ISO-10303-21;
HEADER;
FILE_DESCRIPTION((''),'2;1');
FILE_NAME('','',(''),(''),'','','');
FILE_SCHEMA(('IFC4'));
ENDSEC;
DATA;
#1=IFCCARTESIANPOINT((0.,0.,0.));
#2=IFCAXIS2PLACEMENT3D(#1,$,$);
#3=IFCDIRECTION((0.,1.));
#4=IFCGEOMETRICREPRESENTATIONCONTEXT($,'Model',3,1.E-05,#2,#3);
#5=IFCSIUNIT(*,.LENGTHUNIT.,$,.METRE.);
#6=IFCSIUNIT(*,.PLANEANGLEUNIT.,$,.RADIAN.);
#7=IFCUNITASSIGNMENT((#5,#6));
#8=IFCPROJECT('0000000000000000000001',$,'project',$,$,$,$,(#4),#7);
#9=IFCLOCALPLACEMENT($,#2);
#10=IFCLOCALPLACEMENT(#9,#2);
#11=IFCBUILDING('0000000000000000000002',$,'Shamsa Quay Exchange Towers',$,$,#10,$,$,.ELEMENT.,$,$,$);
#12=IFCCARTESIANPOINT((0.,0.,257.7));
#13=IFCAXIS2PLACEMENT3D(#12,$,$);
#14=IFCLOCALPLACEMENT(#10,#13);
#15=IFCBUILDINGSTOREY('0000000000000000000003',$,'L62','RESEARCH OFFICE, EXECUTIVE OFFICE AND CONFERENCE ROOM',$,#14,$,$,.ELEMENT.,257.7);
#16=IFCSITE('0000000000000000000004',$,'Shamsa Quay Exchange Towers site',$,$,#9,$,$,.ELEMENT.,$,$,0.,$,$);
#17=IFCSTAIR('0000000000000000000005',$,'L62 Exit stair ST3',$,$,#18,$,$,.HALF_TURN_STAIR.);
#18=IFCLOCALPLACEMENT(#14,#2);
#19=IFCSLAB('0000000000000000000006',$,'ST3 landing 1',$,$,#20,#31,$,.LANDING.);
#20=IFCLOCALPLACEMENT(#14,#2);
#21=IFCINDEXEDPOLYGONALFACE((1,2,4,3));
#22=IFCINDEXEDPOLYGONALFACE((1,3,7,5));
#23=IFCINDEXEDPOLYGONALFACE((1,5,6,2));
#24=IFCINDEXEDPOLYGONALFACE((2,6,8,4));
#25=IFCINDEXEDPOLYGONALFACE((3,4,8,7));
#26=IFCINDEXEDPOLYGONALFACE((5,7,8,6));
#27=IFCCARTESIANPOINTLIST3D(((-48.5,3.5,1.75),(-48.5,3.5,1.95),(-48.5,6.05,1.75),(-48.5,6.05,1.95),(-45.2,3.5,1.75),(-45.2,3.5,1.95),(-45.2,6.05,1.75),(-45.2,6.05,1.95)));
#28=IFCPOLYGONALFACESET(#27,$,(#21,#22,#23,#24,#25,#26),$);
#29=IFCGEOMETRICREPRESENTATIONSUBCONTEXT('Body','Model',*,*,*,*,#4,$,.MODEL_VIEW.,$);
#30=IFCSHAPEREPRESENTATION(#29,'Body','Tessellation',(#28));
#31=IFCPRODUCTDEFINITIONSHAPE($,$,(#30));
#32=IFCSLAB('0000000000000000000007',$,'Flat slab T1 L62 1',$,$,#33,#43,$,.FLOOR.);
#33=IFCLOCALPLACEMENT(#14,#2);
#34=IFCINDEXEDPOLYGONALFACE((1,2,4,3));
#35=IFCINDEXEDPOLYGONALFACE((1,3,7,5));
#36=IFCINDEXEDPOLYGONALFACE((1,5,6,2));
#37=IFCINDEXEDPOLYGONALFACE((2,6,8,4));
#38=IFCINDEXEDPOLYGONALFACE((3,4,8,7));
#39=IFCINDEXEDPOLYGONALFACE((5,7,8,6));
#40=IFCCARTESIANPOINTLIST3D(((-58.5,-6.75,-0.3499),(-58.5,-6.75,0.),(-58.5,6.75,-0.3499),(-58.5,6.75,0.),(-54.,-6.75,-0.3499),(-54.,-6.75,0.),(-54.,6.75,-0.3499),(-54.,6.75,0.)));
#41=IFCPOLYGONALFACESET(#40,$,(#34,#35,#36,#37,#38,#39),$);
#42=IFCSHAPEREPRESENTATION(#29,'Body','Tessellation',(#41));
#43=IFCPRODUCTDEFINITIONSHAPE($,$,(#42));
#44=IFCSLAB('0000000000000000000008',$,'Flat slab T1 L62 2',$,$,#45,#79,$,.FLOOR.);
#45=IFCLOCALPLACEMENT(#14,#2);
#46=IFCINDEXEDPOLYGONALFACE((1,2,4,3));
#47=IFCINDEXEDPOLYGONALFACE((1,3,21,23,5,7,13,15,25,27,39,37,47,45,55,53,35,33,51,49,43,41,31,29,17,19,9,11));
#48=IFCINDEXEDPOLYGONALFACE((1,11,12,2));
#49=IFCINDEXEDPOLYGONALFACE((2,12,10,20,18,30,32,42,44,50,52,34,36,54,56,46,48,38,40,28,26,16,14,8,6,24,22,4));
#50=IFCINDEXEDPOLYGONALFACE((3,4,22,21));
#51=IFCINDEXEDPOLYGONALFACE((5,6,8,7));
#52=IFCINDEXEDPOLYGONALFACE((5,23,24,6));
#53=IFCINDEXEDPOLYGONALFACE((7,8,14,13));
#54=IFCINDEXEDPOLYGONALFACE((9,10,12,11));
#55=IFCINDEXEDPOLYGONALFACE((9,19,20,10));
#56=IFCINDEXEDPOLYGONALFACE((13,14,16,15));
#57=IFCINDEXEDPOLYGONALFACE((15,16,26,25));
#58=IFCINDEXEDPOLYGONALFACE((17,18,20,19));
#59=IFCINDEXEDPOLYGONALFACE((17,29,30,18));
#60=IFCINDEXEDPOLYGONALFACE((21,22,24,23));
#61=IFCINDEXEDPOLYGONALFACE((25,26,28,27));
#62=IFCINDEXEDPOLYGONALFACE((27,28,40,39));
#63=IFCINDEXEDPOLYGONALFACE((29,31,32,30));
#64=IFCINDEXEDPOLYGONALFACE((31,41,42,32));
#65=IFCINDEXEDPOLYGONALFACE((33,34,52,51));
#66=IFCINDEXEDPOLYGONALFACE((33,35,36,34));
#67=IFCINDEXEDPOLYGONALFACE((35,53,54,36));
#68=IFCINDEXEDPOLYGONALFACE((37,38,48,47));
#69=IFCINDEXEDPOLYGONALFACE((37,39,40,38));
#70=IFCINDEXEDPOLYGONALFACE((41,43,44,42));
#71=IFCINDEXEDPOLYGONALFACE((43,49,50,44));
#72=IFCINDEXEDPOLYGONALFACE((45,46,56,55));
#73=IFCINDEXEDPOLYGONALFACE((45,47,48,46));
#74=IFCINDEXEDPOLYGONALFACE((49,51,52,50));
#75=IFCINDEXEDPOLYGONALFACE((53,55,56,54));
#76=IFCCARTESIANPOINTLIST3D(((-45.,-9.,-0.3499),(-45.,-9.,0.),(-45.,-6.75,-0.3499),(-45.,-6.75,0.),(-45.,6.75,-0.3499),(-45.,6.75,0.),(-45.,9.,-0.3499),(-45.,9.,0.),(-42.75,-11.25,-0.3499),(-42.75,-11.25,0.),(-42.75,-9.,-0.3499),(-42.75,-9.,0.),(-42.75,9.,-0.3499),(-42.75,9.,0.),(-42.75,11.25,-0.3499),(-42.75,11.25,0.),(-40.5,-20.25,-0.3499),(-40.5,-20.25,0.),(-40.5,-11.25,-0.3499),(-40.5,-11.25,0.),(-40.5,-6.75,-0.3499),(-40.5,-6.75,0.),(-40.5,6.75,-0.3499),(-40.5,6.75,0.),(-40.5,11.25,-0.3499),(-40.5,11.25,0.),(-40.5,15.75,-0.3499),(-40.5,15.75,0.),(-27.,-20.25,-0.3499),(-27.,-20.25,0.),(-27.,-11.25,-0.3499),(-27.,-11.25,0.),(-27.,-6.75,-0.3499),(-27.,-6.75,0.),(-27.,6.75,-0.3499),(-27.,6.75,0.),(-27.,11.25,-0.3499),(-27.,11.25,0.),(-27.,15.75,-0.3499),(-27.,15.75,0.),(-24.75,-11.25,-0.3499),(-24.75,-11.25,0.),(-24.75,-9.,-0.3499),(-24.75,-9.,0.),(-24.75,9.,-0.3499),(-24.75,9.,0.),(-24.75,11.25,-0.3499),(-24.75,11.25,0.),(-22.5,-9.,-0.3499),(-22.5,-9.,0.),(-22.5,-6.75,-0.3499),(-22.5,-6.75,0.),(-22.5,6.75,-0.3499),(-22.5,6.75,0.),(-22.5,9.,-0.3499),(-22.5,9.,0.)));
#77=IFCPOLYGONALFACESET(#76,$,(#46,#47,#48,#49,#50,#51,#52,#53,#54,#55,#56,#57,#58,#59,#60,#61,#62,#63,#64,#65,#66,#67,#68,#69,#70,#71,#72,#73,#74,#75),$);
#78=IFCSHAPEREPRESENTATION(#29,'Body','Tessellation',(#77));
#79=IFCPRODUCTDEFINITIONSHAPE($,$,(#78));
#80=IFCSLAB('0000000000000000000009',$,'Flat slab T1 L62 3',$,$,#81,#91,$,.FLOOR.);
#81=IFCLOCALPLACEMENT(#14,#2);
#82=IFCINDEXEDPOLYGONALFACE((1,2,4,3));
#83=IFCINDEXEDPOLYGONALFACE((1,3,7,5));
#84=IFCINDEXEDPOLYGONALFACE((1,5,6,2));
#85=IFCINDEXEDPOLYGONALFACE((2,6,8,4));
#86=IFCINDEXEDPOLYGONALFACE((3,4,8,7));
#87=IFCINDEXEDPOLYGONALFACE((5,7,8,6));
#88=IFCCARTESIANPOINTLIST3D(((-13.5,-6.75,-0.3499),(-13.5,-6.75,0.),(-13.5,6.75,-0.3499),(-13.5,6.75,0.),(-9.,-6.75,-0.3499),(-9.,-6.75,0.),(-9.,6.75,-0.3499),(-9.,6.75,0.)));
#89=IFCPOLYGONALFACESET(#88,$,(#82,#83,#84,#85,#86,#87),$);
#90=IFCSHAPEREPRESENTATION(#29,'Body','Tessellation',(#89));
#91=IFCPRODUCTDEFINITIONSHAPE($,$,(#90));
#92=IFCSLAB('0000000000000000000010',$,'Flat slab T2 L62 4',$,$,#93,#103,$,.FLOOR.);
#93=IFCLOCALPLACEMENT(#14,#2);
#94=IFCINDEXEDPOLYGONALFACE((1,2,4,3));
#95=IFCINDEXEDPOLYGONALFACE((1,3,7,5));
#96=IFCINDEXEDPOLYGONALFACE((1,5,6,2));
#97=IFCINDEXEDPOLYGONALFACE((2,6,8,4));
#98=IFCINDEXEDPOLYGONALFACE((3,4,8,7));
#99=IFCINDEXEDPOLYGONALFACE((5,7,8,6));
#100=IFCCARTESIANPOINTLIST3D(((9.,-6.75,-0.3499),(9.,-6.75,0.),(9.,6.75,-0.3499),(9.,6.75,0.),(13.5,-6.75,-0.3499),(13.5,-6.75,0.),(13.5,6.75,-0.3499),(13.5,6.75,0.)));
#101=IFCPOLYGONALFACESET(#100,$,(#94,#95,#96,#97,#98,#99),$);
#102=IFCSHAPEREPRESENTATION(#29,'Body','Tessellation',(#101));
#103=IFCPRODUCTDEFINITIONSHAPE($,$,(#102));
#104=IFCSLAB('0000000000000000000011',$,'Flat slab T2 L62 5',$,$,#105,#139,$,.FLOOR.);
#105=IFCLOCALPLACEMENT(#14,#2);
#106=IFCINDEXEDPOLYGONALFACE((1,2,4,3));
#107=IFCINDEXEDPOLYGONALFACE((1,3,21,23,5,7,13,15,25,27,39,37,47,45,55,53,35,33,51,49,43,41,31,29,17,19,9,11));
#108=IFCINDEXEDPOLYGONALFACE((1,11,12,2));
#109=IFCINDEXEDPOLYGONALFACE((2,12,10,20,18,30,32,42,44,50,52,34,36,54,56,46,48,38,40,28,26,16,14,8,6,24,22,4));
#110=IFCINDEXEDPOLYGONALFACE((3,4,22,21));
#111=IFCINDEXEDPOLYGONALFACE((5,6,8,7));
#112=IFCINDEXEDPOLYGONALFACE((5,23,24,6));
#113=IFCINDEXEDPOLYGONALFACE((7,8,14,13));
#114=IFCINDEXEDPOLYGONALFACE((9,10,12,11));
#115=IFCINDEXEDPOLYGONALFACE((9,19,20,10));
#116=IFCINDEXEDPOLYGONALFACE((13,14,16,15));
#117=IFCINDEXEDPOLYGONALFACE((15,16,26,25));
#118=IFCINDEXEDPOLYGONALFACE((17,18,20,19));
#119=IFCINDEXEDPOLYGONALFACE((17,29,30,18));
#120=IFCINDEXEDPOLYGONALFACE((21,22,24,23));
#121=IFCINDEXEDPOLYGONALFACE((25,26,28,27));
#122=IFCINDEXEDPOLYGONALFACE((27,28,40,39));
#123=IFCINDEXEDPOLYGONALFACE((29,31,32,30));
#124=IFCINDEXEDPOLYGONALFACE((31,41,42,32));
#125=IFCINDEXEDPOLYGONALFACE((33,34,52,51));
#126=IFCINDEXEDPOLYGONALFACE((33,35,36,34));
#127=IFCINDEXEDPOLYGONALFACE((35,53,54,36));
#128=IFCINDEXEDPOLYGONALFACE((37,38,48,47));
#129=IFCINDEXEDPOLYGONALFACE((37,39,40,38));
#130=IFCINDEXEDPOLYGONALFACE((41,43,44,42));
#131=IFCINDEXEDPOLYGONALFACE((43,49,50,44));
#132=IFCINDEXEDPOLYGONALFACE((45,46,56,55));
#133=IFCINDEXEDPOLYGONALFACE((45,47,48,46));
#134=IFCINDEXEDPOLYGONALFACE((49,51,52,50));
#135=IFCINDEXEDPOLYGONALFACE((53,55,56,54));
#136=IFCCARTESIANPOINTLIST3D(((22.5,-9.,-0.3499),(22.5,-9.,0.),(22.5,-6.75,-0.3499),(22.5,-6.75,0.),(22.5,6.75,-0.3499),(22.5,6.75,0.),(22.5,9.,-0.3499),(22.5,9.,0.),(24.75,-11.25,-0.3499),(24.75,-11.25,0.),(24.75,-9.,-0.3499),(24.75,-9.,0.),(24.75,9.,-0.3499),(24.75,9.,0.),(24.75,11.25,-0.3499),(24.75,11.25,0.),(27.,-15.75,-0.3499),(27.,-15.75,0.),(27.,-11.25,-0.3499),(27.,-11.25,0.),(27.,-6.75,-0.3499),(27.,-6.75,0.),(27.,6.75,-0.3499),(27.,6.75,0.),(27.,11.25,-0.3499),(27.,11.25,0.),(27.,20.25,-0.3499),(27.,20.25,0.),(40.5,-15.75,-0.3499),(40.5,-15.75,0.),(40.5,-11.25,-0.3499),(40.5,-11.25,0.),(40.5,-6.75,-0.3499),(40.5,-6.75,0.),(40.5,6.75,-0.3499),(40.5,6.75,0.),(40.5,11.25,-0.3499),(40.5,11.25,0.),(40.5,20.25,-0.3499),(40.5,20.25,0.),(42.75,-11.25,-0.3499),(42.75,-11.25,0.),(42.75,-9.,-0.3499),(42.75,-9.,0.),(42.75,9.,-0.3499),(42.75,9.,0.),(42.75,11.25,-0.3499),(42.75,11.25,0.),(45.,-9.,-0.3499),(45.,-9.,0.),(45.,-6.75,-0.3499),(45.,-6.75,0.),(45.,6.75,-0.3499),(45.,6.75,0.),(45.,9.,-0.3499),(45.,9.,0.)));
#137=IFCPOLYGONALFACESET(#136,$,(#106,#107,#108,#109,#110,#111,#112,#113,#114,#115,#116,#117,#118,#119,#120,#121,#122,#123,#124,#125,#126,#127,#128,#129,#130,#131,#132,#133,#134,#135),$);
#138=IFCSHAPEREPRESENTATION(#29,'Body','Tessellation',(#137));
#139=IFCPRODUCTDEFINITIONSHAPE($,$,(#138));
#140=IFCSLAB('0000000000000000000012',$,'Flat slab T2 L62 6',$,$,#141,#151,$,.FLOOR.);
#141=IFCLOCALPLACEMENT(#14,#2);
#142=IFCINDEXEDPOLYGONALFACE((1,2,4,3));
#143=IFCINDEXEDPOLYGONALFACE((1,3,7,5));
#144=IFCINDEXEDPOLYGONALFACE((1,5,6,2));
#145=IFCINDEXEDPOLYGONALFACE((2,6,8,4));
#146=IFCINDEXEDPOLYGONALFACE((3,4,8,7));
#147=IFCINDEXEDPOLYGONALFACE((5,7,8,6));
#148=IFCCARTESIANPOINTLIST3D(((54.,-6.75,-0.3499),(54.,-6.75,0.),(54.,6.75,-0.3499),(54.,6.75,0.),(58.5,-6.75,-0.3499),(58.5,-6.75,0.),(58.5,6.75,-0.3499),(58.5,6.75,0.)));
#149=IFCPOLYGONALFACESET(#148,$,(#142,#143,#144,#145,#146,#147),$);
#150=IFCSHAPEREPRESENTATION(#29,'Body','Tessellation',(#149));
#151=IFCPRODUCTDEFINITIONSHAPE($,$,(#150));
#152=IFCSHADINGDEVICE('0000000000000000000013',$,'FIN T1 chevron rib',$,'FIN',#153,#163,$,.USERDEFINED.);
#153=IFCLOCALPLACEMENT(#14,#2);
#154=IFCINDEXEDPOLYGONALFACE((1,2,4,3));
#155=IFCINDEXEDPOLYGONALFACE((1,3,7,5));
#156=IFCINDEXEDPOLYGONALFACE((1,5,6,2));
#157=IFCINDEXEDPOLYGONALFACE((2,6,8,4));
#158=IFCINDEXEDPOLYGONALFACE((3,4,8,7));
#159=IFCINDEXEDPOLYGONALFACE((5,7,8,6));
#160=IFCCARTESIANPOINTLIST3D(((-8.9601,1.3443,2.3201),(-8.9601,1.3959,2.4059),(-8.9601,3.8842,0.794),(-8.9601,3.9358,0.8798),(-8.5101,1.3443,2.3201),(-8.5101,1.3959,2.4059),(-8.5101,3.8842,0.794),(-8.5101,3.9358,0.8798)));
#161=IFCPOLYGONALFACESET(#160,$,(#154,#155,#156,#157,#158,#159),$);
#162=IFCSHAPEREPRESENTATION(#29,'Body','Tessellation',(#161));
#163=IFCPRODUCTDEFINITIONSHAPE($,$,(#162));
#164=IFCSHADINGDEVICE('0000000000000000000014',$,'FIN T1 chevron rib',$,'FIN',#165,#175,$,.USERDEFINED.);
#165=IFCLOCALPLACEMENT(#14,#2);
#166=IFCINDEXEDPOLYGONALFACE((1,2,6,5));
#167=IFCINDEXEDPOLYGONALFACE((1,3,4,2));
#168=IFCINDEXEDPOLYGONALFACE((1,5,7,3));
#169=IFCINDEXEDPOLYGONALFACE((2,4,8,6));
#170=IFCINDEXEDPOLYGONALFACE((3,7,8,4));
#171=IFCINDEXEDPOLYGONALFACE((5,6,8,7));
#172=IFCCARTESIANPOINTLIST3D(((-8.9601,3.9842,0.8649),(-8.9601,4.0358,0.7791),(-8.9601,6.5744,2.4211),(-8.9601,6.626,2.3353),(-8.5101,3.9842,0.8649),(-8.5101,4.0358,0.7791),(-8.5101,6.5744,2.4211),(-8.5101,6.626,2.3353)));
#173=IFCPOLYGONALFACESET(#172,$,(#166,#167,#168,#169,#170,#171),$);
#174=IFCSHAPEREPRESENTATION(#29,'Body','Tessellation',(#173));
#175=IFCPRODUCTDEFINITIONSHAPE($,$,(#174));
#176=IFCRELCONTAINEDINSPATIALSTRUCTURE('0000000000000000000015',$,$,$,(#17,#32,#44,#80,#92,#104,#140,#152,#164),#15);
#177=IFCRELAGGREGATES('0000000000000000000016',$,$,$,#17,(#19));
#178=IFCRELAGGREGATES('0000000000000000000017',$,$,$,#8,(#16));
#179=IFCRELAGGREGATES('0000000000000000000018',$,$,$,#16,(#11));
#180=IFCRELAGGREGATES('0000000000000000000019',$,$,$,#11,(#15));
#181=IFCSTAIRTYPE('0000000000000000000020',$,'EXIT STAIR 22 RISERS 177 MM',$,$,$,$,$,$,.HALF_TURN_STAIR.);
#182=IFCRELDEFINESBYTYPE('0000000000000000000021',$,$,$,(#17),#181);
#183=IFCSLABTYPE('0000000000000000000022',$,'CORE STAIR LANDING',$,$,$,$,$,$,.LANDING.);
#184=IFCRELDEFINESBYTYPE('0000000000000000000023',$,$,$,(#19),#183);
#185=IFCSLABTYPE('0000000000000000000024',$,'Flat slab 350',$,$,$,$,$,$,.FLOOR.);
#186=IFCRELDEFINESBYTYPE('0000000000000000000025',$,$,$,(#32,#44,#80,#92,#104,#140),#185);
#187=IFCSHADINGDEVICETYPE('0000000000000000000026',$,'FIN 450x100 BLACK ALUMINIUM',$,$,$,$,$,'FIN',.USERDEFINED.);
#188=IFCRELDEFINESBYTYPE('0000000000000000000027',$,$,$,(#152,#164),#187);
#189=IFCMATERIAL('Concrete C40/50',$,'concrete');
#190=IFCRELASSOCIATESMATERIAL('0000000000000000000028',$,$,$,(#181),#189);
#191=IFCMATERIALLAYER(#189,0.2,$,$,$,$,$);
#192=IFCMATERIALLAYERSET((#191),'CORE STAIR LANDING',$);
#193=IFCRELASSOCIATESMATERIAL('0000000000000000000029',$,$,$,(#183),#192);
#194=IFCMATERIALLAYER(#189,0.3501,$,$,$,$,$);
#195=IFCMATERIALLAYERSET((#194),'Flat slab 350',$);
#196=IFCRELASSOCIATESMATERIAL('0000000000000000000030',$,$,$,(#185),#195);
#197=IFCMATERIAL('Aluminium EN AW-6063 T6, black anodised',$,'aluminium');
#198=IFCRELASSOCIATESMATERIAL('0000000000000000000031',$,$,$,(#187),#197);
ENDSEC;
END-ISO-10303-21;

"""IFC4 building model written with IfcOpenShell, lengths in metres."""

from ifc_helpers import new_model, si_unit, direction, frame, origin, origin_2d, place, context, subcontext, project, spatial, polyline, rectangle, outline, extrude, material, layer, layer_set, material_profile, profile_set, type_object, element, aggregate, save


model = new_model("IFC4")

# Units and contexts
model_context = context("Model", 3, precision=1e-05, world=origin(), true_north=direction((0.0, 1.0)))
body_context = subcontext(model_context, "Body", "Model", "MODEL_VIEW")
ifc_project = project(units=[si_unit("LENGTHUNIT", "METRE"), si_unit("PLANEANGLEUNIT", "RADIAN")], contexts=[model_context])

# Site, building, storey
site_placement = place(None, origin())
site = spatial("IfcSite", under=ifc_project, at=site_placement, Name="Shamsa Quay Exchange Towers site", CompositionType="ELEMENT", RefElevation=0.0)
building_placement = place(site_placement, origin())
building = spatial("IfcBuilding", under=site, at=building_placement, Name="Shamsa Quay Exchange Towers", CompositionType="ELEMENT")
storey_placement = place(building_placement, frame((0.0, 0.0, 257.7)))
storey = spatial("IfcBuildingStorey", under=building, at=storey_placement, Name="L62", Description="RESEARCH OFFICE, EXECUTIVE OFFICE AND CONFERENCE ROOM", CompositionType="ELEMENT", Elevation=257.7)

# Stair, slab
ifc_material_1 = material(Name="Concrete C40/50", Category="concrete")
stair_type = type_object("IfcStairType", Name="EXIT STAIR 22 RISERS 177 MM", PredefinedType="HALF_TURN_STAIR", material=ifc_material_1)
ifc_layer_1 = layer(ifc_material_1, 0.2)
ifc_layer_set_1 = layer_set([ifc_layer_1], Name="CORE STAIR LANDING")
slab_type_1 = type_object("IfcSlabType", Name="CORE STAIR LANDING", PredefinedType="LANDING", material=ifc_layer_set_1)
stair_1_placement = place(storey_placement, origin())
stair_1 = element("IfcStair", 1, at=stair_1_placement, inside=storey, type_object=stair_type, Name="L62 Exit stair ST3", PredefinedType="HALF_TURN_STAIR")
slab_1_placement = place(storey_placement, frame((0.0, 0.0, 1.75)))
slab_1 = element("IfcSlab", 2, at=slab_1_placement, type_object=slab_type_1, Name="ST3 landing 1", PredefinedType="LANDING", context=body_context, shape_type="SweptSolid", body=[
    extrude(outline(polyline([(-45.2, 6.05), (-48.5, 6.05), (-48.5, 3.5), (-45.2, 3.5), (-45.2, 6.05)])), origin(), (0.0, 0.0, 1.0), 0.2),
])
aggregate(stair_1, [slab_1])

# Slabs
ifc_layer_2 = layer(ifc_material_1, 0.3501)
ifc_layer_set_2 = layer_set([ifc_layer_2], Name="Flat slab 350")
slab_type_2 = type_object("IfcSlabType", Name="Flat slab 350", PredefinedType="FLOOR", material=ifc_layer_set_2)
slab_2_placement = place(storey_placement, frame((0.0, 0.0, -0.3499)))
element("IfcSlab", 3, at=slab_2_placement, inside=storey, type_object=slab_type_2, Name="Flat slab T1 L62 1", PredefinedType="FLOOR", context=body_context, shape_type="SweptSolid", body=[
    extrude(outline(polyline([(-58.5, -6.75), (-54.0, -6.75), (-54.0, 6.75), (-58.5, 6.75), (-58.5, -6.75)])), origin(), (0.0, 0.0, 1.0), 0.3499),
])
slab_3_placement = place(storey_placement, frame((0.0, 0.0, -0.3499)))
element("IfcSlab", 4, at=slab_3_placement, inside=storey, type_object=slab_type_2, Name="Flat slab T1 L62 2", PredefinedType="FLOOR", context=body_context, shape_type="SweptSolid", body=[
    extrude(outline(polyline([(-22.5, -9.0), (-22.5, -6.75), (-27.0, -6.75), (-27.0, 6.75), (-22.5, 6.75), (-22.5, 9.0), (-24.75, 9.0), (-24.75, 11.25), (-27.0, 11.25), (-27.0, 15.75), (-40.5, 15.75), (-40.5, 11.25), (-42.75, 11.25), (-42.75, 9.0), (-45.0, 9.0), (-45.0, 6.75), (-40.5, 6.75), (-40.5, -6.75), (-45.0, -6.75), (-45.0, -9.0), (-42.75, -9.0), (-42.75, -11.25), (-40.5, -11.25), (-40.5, -20.25), (-27.0, -20.25), (-27.0, -11.25), (-24.75, -11.25), (-24.75, -9.0), (-22.5, -9.0)])), origin(), (0.0, 0.0, 1.0), 0.3499),
])
slab_4_placement = place(storey_placement, frame((0.0, 0.0, -0.3499)))
element("IfcSlab", 5, at=slab_4_placement, inside=storey, type_object=slab_type_2, Name="Flat slab T1 L62 3", PredefinedType="FLOOR", context=body_context, shape_type="SweptSolid", body=[
    extrude(outline(polyline([(-9.0, 6.75), (-13.5, 6.75), (-13.5, -6.75), (-9.0, -6.75), (-9.0, 6.75)])), origin(), (0.0, 0.0, 1.0), 0.3499),
])
slab_5_placement = place(storey_placement, frame((0.0, 0.0, -0.3499)))
element("IfcSlab", 6, at=slab_5_placement, inside=storey, type_object=slab_type_2, Name="Flat slab T2 L62 4", PredefinedType="FLOOR", context=body_context, shape_type="SweptSolid", body=[
    extrude(outline(polyline([(9.0, -6.75), (13.5, -6.75), (13.5, 6.75), (9.0, 6.75), (9.0, -6.75)])), origin(), (0.0, 0.0, 1.0), 0.3499),
])
slab_6_placement = place(storey_placement, frame((0.0, 0.0, -0.3499)))
element("IfcSlab", 7, at=slab_6_placement, inside=storey, type_object=slab_type_2, Name="Flat slab T2 L62 5", PredefinedType="FLOOR", context=body_context, shape_type="SweptSolid", body=[
    extrude(outline(polyline([(45.0, -9.0), (45.0, -6.75), (40.5, -6.75), (40.5, 6.75), (45.0, 6.75), (45.0, 9.0), (42.75, 9.0), (42.75, 11.25), (40.5, 11.25), (40.5, 20.25), (27.0, 20.25), (27.0, 11.25), (24.75, 11.25), (24.75, 9.0), (22.5, 9.0), (22.5, 6.75), (27.0, 6.75), (27.0, -6.75), (22.5, -6.75), (22.5, -9.0), (24.75, -9.0), (24.75, -11.25), (27.0, -11.25), (27.0, -15.75), (40.5, -15.75), (40.5, -11.25), (42.75, -11.25), (42.75, -9.0), (45.0, -9.0)])), origin(), (0.0, 0.0, 1.0), 0.3499),
])
slab_7_placement = place(storey_placement, frame((0.0, 0.0, -0.3499)))
element("IfcSlab", 8, at=slab_7_placement, inside=storey, type_object=slab_type_2, Name="Flat slab T2 L62 6", PredefinedType="FLOOR", context=body_context, shape_type="SweptSolid", body=[
    extrude(outline(polyline([(58.5, 6.75), (54.0, 6.75), (54.0, -6.75), (58.5, -6.75), (58.5, 6.75)])), origin(), (0.0, 0.0, 1.0), 0.3499),
])

# Shading devices
ifc_material_2 = material(Name="Aluminium EN AW-6063 T6, black anodised", Category="aluminium")
ifc_material_profile = material_profile(ifc_material_2, rectangle(XDim=0.45, YDim=0.1001, at=origin_2d()), Name="FIN450x100")
ifc_profile_set = profile_set([ifc_material_profile], Name="Aluminium EN AW-6063 T6, black anodised")
shading_device_type = type_object("IfcShadingDeviceType", Name="FIN 450x100 BLACK ALUMINIUM", ElementType="FIN", PredefinedType="USERDEFINED", material=ifc_profile_set)
shading_device_1_placement = place(storey_placement, frame((-8.7351, 1.3701, 2.363), z_axis=(0.0, 0.857158, -0.515053), x_axis=(-1.0, 0.0, 0.0)))
element("IfcShadingDevice", 9, at=shading_device_1_placement, inside=storey, type_object=shading_device_type, Name="FIN T1 chevron rib", ObjectType="FIN", PredefinedType="USERDEFINED", context=body_context, shape_type="SweptSolid", body=[
    extrude(rectangle(XDim=0.45, YDim=0.1001, at=origin_2d()), origin(), (0.0, 0.0, 1.0), 2.9631),
])
shading_device_2_placement = place(storey_placement, frame((-8.7351, 4.01, 0.822), z_axis=(0.0, 0.857186, 0.515007), x_axis=(-1.0, 0.0, 0.0)))
element("IfcShadingDevice", 10, at=shading_device_2_placement, inside=storey, type_object=shading_device_type, Name="FIN T1 chevron rib", ObjectType="FIN", PredefinedType="USERDEFINED", context=body_context, shape_type="SweptSolid", body=[
    extrude(rectangle(XDim=0.45, YDim=0.1001, at=origin_2d()), origin(), (0.0, 0.0, 1.0), 3.0217),
])

save(model, "model.ifc")
